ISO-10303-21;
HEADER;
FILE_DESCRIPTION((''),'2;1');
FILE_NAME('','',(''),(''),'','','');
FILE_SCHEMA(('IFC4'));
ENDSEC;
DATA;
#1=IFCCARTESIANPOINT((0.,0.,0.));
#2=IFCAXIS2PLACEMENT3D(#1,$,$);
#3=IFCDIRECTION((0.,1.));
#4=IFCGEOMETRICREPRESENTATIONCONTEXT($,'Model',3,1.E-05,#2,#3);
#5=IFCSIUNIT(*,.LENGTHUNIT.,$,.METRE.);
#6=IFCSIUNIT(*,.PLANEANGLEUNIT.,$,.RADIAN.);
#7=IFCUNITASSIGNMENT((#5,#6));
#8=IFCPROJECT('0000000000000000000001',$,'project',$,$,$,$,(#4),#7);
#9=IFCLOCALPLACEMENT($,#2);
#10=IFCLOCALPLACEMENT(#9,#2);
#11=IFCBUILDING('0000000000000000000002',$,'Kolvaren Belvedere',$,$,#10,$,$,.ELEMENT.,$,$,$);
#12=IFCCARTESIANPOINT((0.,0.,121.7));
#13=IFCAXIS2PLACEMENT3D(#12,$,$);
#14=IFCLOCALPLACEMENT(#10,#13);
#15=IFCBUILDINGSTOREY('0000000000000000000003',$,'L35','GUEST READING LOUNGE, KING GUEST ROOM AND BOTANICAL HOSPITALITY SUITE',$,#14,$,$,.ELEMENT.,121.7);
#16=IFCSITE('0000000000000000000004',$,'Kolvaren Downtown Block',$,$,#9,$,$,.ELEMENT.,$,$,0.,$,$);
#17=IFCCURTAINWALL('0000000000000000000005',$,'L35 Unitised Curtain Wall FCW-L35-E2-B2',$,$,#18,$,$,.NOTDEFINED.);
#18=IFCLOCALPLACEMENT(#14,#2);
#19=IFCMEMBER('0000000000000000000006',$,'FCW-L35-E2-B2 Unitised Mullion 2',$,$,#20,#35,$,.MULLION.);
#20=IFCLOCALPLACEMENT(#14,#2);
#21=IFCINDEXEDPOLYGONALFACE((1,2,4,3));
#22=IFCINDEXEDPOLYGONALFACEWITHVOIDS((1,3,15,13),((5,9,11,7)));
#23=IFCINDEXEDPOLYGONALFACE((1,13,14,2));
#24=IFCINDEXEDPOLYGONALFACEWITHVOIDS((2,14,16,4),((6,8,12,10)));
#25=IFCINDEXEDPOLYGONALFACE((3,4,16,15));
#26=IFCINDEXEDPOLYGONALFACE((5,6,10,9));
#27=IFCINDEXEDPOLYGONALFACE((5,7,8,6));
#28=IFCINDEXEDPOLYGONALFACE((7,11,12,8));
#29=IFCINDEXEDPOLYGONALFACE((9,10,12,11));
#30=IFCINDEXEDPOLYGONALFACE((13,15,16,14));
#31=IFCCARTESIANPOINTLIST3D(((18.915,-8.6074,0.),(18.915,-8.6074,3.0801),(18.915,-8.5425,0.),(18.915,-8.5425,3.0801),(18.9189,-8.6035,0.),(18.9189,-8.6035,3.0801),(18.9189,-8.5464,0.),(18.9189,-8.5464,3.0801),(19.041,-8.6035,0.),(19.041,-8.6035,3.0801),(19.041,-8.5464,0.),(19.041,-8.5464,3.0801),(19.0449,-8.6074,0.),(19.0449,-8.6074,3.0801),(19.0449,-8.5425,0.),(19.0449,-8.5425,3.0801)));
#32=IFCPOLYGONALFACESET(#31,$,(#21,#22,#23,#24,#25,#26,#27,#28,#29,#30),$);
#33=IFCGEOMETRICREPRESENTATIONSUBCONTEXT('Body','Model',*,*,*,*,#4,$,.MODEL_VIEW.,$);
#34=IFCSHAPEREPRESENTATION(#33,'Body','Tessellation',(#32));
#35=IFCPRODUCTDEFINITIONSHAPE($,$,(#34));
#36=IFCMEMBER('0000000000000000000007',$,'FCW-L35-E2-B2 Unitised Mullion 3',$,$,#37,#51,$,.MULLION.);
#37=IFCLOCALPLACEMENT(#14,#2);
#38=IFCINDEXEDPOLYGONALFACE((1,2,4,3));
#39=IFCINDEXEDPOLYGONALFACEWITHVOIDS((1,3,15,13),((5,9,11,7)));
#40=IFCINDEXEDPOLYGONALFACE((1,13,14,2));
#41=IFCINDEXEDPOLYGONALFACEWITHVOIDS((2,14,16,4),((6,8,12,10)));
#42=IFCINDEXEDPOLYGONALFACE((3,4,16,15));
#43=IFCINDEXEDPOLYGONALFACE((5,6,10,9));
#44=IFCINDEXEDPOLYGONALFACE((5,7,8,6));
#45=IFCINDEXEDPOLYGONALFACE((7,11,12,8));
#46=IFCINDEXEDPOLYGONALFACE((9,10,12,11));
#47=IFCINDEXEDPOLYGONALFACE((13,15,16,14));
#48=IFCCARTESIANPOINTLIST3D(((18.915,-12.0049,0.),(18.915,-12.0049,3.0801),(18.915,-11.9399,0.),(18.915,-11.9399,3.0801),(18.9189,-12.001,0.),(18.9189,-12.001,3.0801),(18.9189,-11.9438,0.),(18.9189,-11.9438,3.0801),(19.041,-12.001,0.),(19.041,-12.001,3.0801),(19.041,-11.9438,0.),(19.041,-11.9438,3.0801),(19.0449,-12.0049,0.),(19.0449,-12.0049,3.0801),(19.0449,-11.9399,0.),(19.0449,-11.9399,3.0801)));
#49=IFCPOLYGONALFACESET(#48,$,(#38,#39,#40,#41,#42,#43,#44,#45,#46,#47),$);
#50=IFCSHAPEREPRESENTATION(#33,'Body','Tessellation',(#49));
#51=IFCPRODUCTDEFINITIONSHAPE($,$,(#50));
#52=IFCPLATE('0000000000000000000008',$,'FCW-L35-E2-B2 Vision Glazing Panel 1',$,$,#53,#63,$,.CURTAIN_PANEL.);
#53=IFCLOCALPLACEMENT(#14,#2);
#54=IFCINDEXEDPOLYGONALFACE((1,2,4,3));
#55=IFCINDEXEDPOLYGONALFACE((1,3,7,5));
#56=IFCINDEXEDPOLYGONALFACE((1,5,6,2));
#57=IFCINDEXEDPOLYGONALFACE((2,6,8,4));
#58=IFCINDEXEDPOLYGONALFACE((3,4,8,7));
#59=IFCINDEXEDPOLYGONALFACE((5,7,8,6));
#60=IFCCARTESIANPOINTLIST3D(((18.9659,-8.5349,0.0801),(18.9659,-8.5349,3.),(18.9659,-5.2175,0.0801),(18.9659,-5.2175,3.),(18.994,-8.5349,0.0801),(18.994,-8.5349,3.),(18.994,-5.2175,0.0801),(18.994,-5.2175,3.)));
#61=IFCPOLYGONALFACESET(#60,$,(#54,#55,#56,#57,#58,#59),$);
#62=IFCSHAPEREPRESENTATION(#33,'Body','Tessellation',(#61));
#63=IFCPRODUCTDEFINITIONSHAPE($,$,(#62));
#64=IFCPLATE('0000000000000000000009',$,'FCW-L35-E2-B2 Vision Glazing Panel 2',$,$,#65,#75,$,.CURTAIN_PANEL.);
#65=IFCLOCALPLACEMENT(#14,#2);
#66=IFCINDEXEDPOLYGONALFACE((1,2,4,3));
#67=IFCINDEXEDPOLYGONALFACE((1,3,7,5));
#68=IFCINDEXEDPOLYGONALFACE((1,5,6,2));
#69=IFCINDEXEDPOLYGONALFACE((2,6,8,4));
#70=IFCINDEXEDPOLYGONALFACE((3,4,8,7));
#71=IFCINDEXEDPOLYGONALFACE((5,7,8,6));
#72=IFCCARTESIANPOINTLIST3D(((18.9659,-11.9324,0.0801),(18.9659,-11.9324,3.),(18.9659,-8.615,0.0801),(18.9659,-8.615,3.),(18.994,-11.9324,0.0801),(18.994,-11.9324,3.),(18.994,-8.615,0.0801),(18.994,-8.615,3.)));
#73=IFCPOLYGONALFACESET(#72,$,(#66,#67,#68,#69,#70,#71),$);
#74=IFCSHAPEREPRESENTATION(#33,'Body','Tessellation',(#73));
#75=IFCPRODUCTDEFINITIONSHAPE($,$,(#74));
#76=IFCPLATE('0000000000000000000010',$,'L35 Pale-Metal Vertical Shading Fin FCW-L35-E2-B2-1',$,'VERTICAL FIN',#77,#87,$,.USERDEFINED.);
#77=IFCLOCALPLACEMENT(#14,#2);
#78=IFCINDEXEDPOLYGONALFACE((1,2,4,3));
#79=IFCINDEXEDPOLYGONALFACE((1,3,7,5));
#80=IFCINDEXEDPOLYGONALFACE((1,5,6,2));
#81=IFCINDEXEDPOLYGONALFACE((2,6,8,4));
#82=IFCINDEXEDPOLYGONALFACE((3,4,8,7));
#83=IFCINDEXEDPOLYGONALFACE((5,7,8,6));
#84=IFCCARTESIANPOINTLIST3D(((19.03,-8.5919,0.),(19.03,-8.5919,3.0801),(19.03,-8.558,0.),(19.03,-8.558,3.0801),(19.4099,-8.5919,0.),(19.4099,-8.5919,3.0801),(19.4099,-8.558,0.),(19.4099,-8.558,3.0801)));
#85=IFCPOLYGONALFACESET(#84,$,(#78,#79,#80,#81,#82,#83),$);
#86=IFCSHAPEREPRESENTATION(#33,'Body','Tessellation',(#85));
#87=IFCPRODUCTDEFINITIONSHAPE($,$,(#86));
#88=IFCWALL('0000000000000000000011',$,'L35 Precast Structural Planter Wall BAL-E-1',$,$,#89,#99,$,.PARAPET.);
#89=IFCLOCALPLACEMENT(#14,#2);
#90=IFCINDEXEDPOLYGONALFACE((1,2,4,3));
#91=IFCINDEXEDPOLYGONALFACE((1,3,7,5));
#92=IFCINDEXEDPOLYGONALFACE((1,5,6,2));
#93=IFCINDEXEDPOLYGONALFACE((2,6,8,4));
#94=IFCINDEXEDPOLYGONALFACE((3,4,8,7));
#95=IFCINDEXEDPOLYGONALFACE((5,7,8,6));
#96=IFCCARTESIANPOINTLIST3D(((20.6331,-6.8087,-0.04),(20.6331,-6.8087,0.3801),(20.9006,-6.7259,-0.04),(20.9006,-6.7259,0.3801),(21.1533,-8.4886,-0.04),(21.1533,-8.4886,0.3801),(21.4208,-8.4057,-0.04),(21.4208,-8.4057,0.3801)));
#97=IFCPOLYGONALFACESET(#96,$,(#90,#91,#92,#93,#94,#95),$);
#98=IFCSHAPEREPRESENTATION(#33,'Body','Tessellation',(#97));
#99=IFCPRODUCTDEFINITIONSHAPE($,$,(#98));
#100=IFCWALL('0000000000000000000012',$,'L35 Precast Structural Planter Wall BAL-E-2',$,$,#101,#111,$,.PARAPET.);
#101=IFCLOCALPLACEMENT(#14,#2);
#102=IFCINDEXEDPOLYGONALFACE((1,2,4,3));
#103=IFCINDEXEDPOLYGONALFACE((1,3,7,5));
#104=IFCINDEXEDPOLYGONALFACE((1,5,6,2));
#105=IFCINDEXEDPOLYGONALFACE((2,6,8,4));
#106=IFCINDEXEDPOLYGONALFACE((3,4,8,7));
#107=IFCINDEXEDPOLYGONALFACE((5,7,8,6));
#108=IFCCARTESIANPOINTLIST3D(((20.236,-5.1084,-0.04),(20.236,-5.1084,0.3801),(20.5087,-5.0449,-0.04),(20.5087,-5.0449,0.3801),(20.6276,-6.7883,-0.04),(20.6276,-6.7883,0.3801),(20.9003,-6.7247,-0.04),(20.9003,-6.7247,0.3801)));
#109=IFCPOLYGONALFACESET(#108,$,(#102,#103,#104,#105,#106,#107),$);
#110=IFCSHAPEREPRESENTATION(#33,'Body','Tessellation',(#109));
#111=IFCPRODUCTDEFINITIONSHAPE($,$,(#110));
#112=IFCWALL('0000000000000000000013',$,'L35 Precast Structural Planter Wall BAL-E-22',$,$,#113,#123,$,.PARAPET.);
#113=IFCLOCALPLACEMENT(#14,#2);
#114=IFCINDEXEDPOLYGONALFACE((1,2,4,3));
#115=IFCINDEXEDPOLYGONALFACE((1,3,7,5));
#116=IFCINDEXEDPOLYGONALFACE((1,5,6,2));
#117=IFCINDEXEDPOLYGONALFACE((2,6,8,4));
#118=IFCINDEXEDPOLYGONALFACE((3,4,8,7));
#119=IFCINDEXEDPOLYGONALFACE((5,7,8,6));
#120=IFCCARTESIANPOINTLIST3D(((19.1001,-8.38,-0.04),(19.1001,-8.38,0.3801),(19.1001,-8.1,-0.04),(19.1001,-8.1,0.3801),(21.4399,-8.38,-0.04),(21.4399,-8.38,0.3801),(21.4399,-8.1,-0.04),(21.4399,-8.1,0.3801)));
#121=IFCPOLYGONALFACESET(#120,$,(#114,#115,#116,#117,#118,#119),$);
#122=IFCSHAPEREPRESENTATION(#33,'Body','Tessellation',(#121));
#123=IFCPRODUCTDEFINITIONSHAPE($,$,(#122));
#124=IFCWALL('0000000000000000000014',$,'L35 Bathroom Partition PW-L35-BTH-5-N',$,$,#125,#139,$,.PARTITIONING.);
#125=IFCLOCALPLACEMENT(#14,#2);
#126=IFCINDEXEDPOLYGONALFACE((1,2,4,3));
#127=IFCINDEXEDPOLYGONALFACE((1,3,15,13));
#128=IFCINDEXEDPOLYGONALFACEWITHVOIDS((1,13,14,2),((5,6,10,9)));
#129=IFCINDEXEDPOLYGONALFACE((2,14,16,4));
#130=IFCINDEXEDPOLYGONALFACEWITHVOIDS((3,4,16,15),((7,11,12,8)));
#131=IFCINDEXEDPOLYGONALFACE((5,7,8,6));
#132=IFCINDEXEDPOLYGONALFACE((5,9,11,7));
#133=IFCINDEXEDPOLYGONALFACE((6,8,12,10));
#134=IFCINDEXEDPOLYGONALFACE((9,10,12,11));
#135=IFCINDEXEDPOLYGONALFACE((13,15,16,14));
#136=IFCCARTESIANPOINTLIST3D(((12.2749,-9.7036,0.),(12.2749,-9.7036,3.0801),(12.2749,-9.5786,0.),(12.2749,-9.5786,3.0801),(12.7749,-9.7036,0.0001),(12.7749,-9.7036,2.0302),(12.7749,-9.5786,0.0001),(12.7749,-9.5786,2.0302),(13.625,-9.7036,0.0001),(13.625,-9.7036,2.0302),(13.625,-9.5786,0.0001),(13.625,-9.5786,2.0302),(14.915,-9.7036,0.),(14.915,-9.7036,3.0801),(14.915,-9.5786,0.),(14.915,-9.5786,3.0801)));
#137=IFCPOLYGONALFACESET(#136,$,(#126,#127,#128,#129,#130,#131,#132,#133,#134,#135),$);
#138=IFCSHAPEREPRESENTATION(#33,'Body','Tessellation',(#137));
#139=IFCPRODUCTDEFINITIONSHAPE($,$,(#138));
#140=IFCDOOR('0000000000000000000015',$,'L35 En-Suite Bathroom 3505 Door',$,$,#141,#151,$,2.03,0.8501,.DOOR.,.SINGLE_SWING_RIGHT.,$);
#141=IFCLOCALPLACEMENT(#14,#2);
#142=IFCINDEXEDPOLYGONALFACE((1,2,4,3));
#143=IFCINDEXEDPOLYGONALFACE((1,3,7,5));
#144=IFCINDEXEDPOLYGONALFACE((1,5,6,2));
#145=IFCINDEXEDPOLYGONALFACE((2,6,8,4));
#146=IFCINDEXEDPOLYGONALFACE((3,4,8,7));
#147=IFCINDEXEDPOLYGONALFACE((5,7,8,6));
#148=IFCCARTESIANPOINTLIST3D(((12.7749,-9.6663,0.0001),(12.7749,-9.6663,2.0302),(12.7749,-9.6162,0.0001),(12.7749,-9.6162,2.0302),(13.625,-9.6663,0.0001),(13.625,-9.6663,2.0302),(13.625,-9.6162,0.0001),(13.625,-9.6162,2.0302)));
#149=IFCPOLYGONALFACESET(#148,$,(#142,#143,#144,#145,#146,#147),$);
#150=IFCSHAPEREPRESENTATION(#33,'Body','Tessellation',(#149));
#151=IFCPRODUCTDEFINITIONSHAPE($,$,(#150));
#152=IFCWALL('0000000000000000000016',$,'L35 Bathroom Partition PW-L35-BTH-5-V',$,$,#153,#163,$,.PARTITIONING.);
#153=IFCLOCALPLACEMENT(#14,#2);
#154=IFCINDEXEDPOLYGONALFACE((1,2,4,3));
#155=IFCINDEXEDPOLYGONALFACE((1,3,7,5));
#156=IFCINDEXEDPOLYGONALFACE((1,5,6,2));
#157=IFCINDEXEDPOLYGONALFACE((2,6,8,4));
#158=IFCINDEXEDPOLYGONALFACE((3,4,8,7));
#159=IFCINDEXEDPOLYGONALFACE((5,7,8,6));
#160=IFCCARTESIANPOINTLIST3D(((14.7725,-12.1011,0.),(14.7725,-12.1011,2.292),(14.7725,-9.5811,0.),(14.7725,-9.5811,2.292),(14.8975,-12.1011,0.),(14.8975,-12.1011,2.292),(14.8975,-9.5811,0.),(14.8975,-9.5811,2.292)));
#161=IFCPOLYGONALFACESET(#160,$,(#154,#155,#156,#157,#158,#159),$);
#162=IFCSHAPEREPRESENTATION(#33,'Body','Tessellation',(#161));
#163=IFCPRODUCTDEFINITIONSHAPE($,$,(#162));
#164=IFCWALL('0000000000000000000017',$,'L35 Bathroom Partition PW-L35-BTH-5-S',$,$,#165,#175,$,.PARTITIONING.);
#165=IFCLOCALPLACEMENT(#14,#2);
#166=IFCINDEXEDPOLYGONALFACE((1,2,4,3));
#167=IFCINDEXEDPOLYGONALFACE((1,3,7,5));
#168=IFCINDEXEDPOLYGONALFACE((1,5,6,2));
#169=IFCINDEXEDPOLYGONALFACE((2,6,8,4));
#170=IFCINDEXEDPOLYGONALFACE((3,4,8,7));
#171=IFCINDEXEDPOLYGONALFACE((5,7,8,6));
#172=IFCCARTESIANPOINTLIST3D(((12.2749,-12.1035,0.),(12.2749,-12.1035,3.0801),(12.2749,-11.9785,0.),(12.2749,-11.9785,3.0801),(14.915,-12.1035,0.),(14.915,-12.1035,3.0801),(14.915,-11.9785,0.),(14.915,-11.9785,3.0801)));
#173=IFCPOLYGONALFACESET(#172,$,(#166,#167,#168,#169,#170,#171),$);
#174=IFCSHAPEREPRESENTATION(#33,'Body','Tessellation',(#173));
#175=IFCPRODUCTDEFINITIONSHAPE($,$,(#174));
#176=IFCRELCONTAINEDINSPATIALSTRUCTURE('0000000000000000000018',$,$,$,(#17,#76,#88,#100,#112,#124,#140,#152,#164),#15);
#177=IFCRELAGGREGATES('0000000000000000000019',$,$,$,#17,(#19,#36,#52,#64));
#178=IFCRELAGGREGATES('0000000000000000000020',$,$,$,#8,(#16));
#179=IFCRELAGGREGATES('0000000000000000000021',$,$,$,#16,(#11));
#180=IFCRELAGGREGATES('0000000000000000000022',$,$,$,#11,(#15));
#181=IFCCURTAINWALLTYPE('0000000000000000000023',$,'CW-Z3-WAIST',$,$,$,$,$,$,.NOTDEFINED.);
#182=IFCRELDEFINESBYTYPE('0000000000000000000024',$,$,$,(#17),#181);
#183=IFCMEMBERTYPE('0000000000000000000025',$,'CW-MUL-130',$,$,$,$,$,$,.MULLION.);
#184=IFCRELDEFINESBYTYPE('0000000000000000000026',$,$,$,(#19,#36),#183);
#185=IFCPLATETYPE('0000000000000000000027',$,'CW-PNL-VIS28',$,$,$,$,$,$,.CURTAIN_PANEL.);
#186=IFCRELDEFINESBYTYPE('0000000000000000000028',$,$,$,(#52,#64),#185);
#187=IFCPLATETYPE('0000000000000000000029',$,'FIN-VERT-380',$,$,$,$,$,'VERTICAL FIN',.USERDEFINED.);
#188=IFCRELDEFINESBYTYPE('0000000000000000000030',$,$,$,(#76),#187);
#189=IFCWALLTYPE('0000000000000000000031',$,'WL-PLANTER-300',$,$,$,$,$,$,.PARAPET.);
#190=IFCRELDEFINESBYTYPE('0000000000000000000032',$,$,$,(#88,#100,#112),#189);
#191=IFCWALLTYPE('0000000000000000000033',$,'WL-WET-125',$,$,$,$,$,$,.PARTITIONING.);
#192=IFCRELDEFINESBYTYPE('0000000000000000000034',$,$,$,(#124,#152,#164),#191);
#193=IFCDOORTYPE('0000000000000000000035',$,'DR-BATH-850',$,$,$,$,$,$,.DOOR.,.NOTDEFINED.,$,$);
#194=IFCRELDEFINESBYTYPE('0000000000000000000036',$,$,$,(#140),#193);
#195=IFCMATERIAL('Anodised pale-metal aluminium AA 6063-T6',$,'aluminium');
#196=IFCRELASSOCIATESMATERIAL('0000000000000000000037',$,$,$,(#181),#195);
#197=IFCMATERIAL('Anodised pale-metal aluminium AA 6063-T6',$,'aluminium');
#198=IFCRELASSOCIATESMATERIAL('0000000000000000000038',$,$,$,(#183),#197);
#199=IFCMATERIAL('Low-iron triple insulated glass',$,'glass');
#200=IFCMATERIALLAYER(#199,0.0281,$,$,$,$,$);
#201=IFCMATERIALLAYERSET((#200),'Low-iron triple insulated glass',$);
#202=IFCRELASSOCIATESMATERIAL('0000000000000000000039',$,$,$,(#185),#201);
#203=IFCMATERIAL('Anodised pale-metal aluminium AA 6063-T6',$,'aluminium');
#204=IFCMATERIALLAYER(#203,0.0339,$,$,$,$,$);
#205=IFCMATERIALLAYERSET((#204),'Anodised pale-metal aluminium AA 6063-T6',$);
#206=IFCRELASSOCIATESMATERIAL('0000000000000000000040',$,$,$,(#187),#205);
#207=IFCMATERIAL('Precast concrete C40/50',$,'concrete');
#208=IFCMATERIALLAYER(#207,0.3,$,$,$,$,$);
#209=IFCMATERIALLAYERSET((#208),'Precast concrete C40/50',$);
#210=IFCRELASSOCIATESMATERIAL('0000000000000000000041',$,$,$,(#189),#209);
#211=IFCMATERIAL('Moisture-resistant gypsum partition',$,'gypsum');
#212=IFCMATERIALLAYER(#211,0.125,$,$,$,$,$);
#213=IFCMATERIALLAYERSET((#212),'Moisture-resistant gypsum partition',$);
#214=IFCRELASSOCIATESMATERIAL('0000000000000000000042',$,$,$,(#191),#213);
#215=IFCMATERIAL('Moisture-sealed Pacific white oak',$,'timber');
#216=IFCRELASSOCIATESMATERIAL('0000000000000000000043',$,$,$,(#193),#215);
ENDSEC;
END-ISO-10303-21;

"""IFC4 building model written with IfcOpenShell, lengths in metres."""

from ifc_helpers import new_model, si_unit, direction, frame, frame_2d, origin, origin_2d, place, context, subcontext, project, spatial, rectangle, hollow_rectangle, extrude, material, layer, layer_set, material_profile, profile_set, type_object, element, fill, aggregate, save


model = new_model("IFC4")

# Units and contexts
model_context = context("Model", 3, precision=1e-05, world=origin(), true_north=direction((0.0, 1.0)))
body_context = subcontext(model_context, "Body", "Model", "MODEL_VIEW")
ifc_project = project(units=[si_unit("LENGTHUNIT", "METRE"), si_unit("PLANEANGLEUNIT", "RADIAN")], contexts=[model_context])

# Site, building, storey
site_placement = place(None, origin())
site = spatial("IfcSite", under=ifc_project, at=site_placement, Name="Kolvaren Downtown Block", CompositionType="ELEMENT", RefElevation=0.0)
building_placement = place(site_placement, origin())
building = spatial("IfcBuilding", under=site, at=building_placement, Name="Kolvaren Belvedere", CompositionType="ELEMENT")
storey_placement = place(building_placement, frame((0.0, 0.0, 121.7)))
storey = spatial("IfcBuildingStorey", under=building, at=storey_placement, Name="L35", Description="GUEST READING LOUNGE, KING GUEST ROOM AND BOTANICAL HOSPITALITY SUITE", CompositionType="ELEMENT", Elevation=121.7)

# Curtain wall, members, plates
ifc_material_1 = material(Name="Anodised pale-metal aluminium AA 6063-T6", Category="aluminium")
curtain_wall_type = type_object("IfcCurtainWallType", Name="CW-Z3-WAIST", PredefinedType="NOTDEFINED", material=ifc_material_1)
curtain_wall_placement = place(storey_placement, origin())
curtain_wall = element("IfcCurtainWall", 1, at=curtain_wall_placement, inside=storey, type_object=curtain_wall_type, Name="L35 Unitised Curtain Wall FCW-L35-E2-B2", PredefinedType="NOTDEFINED")
ifc_material_2 = material(Name="Anodised pale-metal aluminium AA 6063-T6", Category="aluminium")
ifc_material_profile = material_profile(ifc_material_2, hollow_rectangle(XDim=0.0649, YDim=0.1299, WallThickness=0.0039, at=origin_2d()), Name="ALU-MUL-130X65")
ifc_profile_set = profile_set([ifc_material_profile], Name="Anodised pale-metal aluminium AA 6063-T6")
member_type = type_object("IfcMemberType", Name="CW-MUL-130", PredefinedType="MULLION", material=ifc_profile_set)
member_1_placement = place(storey_placement, frame((18.98, -8.575, 0.0), z_axis=(0.0, 0.0, 1.0), x_axis=(0.0, 1.0, 0.0)))
member_1 = element("IfcMember", 2, at=member_1_placement, type_object=member_type, Name="FCW-L35-E2-B2 Unitised Mullion 2", PredefinedType="MULLION", context=body_context, shape_type="SweptSolid", body=[
    extrude(hollow_rectangle(XDim=0.0649, YDim=0.1299, WallThickness=0.0039, at=origin_2d()), origin(), (0.0, 0.0, 1.0), 3.0801),
])
member_2_placement = place(storey_placement, frame((18.98, -11.9724, 0.0), z_axis=(0.0, 0.0, 1.0), x_axis=(0.0, 1.0, 0.0)))
member_2 = element("IfcMember", 3, at=member_2_placement, type_object=member_type, Name="FCW-L35-E2-B2 Unitised Mullion 3", PredefinedType="MULLION", context=body_context, shape_type="SweptSolid", body=[
    extrude(hollow_rectangle(XDim=0.0649, YDim=0.1299, WallThickness=0.0039, at=origin_2d()), origin(), (0.0, 0.0, 1.0), 3.0801),
])
ifc_material_3 = material(Name="Low-iron triple insulated glass", Category="glass")
ifc_layer_1 = layer(ifc_material_3, 0.0281)
ifc_layer_set_1 = layer_set([ifc_layer_1], Name="Low-iron triple insulated glass")
plate_type_1 = type_object("IfcPlateType", Name="CW-PNL-VIS28", PredefinedType="CURTAIN_PANEL", material=ifc_layer_set_1)
plate_1_placement = place(storey_placement, frame((18.98, -6.8762, 0.0801), z_axis=(0.0, 0.0, 1.0), x_axis=(0.0, -1.0, 0.0)))
plate_1 = element("IfcPlate", 4, at=plate_1_placement, type_object=plate_type_1, Name="FCW-L35-E2-B2 Vision Glazing Panel 1", PredefinedType="CURTAIN_PANEL", context=body_context, shape_type="SweptSolid", body=[
    extrude(rectangle(XDim=3.3174, YDim=0.0281, at=origin_2d()), origin(), (0.0, 0.0, 1.0), 2.9199),
])
plate_2_placement = place(storey_placement, frame((18.98, -10.2737, 0.0801), z_axis=(0.0, 0.0, 1.0), x_axis=(0.0, -1.0, 0.0)))
plate_2 = element("IfcPlate", 5, at=plate_2_placement, type_object=plate_type_1, Name="FCW-L35-E2-B2 Vision Glazing Panel 2", PredefinedType="CURTAIN_PANEL", context=body_context, shape_type="SweptSolid", body=[
    extrude(rectangle(XDim=3.3174, YDim=0.0281, at=origin_2d()), origin(), (0.0, 0.0, 1.0), 2.9199),
])
aggregate(curtain_wall, [member_1, member_2, plate_1, plate_2])

# Plate
ifc_material_4 = material(Name="Anodised pale-metal aluminium AA 6063-T6", Category="aluminium")
ifc_layer_2 = layer(ifc_material_4, 0.0339)
ifc_layer_set_2 = layer_set([ifc_layer_2], Name="Anodised pale-metal aluminium AA 6063-T6")
plate_type_2 = type_object("IfcPlateType", Name="FIN-VERT-380", ElementType="VERTICAL FIN", PredefinedType="USERDEFINED", material=ifc_layer_set_2)
plate_3_placement = place(storey_placement, frame((19.22, -8.575, 0.0), z_axis=(0.0, 0.0, 1.0), x_axis=(1.0, 0.0, 0.0)))
element("IfcPlate", 6, at=plate_3_placement, inside=storey, type_object=plate_type_2, Name="L35 Pale-Metal Vertical Shading Fin FCW-L35-E2-B2-1", ObjectType="VERTICAL FIN", PredefinedType="USERDEFINED", context=body_context, shape_type="SweptSolid", body=[
    extrude(rectangle(XDim=0.3799, YDim=0.0339, at=origin_2d()), origin(), (0.0, 0.0, 1.0), 3.0801),
])

# Walls
ifc_material_5 = material(Name="Precast concrete C40/50", Category="concrete")
ifc_layer_3 = layer(ifc_material_5, 0.3)
ifc_layer_set_3 = layer_set([ifc_layer_3], Name="Precast concrete C40/50")
wall_type_1 = type_object("IfcWallType", Name="WL-PLANTER-300", PredefinedType="PARAPET", material=ifc_layer_set_3)
wall_1_placement = place(storey_placement, frame((21.2871, -8.4473, -0.04), z_axis=(0.0, 0.0, 1.0), x_axis=(-0.295832, 0.95524, 0.0)))
element("IfcWall", 7, at=wall_1_placement, inside=storey, type_object=wall_type_1, Name="L35 Precast Structural Planter Wall BAL-E-1", PredefinedType="PARAPET", context=body_context, shape_type="SweptSolid", body=[
    extrude(rectangle(XDim=1.7585, YDim=0.28, at=frame_2d((0.8794, 0.0))), origin(), (0.0, 0.0, 1.0), 0.4202),
])
wall_2_placement = place(storey_placement, frame((20.7639, -6.7563, -0.04), z_axis=(0.0, 0.0, 1.0), x_axis=(-0.227019, 0.97389, 0.0)))
element("IfcWall", 8, at=wall_2_placement, inside=storey, type_object=wall_type_1, Name="L35 Precast Structural Planter Wall BAL-E-2", PredefinedType="PARAPET", context=body_context, shape_type="SweptSolid", body=[
    extrude(rectangle(XDim=1.7249, YDim=0.28, at=frame_2d((0.8623, 0.0))), origin(), (0.0, 0.0, 1.0), 0.4202),
])
wall_3_placement = place(storey_placement, frame((19.1001, -8.24, -0.04), z_axis=(0.0, 0.0, 1.0), x_axis=(1.0, 0.0, 0.0)))
element("IfcWall", 9, at=wall_3_placement, inside=storey, type_object=wall_type_1, Name="L35 Precast Structural Planter Wall BAL-E-22", PredefinedType="PARAPET", context=body_context, shape_type="SweptSolid", body=[
    extrude(rectangle(XDim=2.3398, YDim=0.28, at=frame_2d((1.1699, 0.0))), origin(), (0.0, 0.0, 1.0), 0.4202),
])

# Wall, opening, door
ifc_material_6 = material(Name="Moisture-resistant gypsum partition", Category="gypsum")
ifc_layer_4 = layer(ifc_material_6, 0.125)
ifc_layer_set_4 = layer_set([ifc_layer_4], Name="Moisture-resistant gypsum partition")
wall_type_2 = type_object("IfcWallType", Name="WL-WET-125", PredefinedType="PARTITIONING", material=ifc_layer_set_4)
wall_4_placement = place(storey_placement, frame((12.2749, -9.6411, 0.0), z_axis=(0.0, 0.0, 1.0), x_axis=(1.0, 0.0, 0.0)))
wall_4 = element("IfcWall", 10, at=wall_4_placement, inside=storey, type_object=wall_type_2, Name="L35 Bathroom Partition PW-L35-BTH-5-N", PredefinedType="PARTITIONING", context=body_context, shape_type="SweptSolid", body=[
    extrude(rectangle(XDim=2.6401, YDim=0.125, at=frame_2d((1.3201, 0.0))), origin(), (0.0, 0.0, 1.0), 3.0801),
])
opening_placement = place(wall_4_placement, frame((0.5, 0.0, 0.0)))
opening = element("IfcOpeningElement", 11, at=opening_placement, cuts=wall_4, PredefinedType="OPENING", context=body_context, shape_type="SweptSolid", body=[
    extrude(rectangle(XDim=0.8501, YDim=2.03, at=frame_2d((0.425, 1.0151))), frame((0.0, 0.0725, 0.0), z_axis=(0.0, -1.0, 0.0), x_axis=(1.0, 0.0, 0.0)), (0.0, 0.0, 1.0), 0.145),
])
ifc_material_7 = material(Name="Moisture-sealed Pacific white oak", Category="timber")
door_type = type_object("IfcDoorType", Name="DR-BATH-850", OperationType="NOTDEFINED", PredefinedType="DOOR", material=ifc_material_7)
door_placement = place(opening_placement, origin())
door = element("IfcDoor", 12, at=door_placement, inside=storey, type_object=door_type, Name="L35 En-Suite Bathroom 3505 Door", OperationType="SINGLE_SWING_RIGHT", OverallHeight=2.03, OverallWidth=0.8501, PredefinedType="DOOR", context=body_context, shape_type="SweptSolid", body=[
    extrude(rectangle(XDim=0.8501, YDim=2.03, at=frame_2d((0.425, 1.0151))), frame((0.0, 0.0249, 0.0), z_axis=(0.0, -1.0, 0.0), x_axis=(1.0, 0.0, 0.0)), (0.0, 0.0, 1.0), 0.05),
])
fill(opening, door)

# Walls
wall_5_placement = place(storey_placement, frame((14.835, -12.1011, 0.0), z_axis=(0.0, 0.0, 1.0), x_axis=(0.0, 1.0, 0.0)))
element("IfcWall", 13, at=wall_5_placement, inside=storey, type_object=wall_type_2, Name="L35 Bathroom Partition PW-L35-BTH-5-V", PredefinedType="PARTITIONING", context=body_context, shape_type="SweptSolid", body=[
    extrude(rectangle(XDim=2.52, YDim=0.125, at=frame_2d((1.26, 0.0))), origin(), (0.0, 0.0, 1.0), 2.292),
])
wall_6_placement = place(storey_placement, frame((12.2749, -12.041, 0.0), z_axis=(0.0, 0.0, 1.0), x_axis=(1.0, 0.0, 0.0)))
element("IfcWall", 14, at=wall_6_placement, inside=storey, type_object=wall_type_2, Name="L35 Bathroom Partition PW-L35-BTH-5-S", PredefinedType="PARTITIONING", context=body_context, shape_type="SweptSolid", body=[
    extrude(rectangle(XDim=2.6401, YDim=0.125, at=frame_2d((1.3201, 0.0))), origin(), (0.0, 0.0, 1.0), 3.0801),
])

save(model, "model.ifc")
